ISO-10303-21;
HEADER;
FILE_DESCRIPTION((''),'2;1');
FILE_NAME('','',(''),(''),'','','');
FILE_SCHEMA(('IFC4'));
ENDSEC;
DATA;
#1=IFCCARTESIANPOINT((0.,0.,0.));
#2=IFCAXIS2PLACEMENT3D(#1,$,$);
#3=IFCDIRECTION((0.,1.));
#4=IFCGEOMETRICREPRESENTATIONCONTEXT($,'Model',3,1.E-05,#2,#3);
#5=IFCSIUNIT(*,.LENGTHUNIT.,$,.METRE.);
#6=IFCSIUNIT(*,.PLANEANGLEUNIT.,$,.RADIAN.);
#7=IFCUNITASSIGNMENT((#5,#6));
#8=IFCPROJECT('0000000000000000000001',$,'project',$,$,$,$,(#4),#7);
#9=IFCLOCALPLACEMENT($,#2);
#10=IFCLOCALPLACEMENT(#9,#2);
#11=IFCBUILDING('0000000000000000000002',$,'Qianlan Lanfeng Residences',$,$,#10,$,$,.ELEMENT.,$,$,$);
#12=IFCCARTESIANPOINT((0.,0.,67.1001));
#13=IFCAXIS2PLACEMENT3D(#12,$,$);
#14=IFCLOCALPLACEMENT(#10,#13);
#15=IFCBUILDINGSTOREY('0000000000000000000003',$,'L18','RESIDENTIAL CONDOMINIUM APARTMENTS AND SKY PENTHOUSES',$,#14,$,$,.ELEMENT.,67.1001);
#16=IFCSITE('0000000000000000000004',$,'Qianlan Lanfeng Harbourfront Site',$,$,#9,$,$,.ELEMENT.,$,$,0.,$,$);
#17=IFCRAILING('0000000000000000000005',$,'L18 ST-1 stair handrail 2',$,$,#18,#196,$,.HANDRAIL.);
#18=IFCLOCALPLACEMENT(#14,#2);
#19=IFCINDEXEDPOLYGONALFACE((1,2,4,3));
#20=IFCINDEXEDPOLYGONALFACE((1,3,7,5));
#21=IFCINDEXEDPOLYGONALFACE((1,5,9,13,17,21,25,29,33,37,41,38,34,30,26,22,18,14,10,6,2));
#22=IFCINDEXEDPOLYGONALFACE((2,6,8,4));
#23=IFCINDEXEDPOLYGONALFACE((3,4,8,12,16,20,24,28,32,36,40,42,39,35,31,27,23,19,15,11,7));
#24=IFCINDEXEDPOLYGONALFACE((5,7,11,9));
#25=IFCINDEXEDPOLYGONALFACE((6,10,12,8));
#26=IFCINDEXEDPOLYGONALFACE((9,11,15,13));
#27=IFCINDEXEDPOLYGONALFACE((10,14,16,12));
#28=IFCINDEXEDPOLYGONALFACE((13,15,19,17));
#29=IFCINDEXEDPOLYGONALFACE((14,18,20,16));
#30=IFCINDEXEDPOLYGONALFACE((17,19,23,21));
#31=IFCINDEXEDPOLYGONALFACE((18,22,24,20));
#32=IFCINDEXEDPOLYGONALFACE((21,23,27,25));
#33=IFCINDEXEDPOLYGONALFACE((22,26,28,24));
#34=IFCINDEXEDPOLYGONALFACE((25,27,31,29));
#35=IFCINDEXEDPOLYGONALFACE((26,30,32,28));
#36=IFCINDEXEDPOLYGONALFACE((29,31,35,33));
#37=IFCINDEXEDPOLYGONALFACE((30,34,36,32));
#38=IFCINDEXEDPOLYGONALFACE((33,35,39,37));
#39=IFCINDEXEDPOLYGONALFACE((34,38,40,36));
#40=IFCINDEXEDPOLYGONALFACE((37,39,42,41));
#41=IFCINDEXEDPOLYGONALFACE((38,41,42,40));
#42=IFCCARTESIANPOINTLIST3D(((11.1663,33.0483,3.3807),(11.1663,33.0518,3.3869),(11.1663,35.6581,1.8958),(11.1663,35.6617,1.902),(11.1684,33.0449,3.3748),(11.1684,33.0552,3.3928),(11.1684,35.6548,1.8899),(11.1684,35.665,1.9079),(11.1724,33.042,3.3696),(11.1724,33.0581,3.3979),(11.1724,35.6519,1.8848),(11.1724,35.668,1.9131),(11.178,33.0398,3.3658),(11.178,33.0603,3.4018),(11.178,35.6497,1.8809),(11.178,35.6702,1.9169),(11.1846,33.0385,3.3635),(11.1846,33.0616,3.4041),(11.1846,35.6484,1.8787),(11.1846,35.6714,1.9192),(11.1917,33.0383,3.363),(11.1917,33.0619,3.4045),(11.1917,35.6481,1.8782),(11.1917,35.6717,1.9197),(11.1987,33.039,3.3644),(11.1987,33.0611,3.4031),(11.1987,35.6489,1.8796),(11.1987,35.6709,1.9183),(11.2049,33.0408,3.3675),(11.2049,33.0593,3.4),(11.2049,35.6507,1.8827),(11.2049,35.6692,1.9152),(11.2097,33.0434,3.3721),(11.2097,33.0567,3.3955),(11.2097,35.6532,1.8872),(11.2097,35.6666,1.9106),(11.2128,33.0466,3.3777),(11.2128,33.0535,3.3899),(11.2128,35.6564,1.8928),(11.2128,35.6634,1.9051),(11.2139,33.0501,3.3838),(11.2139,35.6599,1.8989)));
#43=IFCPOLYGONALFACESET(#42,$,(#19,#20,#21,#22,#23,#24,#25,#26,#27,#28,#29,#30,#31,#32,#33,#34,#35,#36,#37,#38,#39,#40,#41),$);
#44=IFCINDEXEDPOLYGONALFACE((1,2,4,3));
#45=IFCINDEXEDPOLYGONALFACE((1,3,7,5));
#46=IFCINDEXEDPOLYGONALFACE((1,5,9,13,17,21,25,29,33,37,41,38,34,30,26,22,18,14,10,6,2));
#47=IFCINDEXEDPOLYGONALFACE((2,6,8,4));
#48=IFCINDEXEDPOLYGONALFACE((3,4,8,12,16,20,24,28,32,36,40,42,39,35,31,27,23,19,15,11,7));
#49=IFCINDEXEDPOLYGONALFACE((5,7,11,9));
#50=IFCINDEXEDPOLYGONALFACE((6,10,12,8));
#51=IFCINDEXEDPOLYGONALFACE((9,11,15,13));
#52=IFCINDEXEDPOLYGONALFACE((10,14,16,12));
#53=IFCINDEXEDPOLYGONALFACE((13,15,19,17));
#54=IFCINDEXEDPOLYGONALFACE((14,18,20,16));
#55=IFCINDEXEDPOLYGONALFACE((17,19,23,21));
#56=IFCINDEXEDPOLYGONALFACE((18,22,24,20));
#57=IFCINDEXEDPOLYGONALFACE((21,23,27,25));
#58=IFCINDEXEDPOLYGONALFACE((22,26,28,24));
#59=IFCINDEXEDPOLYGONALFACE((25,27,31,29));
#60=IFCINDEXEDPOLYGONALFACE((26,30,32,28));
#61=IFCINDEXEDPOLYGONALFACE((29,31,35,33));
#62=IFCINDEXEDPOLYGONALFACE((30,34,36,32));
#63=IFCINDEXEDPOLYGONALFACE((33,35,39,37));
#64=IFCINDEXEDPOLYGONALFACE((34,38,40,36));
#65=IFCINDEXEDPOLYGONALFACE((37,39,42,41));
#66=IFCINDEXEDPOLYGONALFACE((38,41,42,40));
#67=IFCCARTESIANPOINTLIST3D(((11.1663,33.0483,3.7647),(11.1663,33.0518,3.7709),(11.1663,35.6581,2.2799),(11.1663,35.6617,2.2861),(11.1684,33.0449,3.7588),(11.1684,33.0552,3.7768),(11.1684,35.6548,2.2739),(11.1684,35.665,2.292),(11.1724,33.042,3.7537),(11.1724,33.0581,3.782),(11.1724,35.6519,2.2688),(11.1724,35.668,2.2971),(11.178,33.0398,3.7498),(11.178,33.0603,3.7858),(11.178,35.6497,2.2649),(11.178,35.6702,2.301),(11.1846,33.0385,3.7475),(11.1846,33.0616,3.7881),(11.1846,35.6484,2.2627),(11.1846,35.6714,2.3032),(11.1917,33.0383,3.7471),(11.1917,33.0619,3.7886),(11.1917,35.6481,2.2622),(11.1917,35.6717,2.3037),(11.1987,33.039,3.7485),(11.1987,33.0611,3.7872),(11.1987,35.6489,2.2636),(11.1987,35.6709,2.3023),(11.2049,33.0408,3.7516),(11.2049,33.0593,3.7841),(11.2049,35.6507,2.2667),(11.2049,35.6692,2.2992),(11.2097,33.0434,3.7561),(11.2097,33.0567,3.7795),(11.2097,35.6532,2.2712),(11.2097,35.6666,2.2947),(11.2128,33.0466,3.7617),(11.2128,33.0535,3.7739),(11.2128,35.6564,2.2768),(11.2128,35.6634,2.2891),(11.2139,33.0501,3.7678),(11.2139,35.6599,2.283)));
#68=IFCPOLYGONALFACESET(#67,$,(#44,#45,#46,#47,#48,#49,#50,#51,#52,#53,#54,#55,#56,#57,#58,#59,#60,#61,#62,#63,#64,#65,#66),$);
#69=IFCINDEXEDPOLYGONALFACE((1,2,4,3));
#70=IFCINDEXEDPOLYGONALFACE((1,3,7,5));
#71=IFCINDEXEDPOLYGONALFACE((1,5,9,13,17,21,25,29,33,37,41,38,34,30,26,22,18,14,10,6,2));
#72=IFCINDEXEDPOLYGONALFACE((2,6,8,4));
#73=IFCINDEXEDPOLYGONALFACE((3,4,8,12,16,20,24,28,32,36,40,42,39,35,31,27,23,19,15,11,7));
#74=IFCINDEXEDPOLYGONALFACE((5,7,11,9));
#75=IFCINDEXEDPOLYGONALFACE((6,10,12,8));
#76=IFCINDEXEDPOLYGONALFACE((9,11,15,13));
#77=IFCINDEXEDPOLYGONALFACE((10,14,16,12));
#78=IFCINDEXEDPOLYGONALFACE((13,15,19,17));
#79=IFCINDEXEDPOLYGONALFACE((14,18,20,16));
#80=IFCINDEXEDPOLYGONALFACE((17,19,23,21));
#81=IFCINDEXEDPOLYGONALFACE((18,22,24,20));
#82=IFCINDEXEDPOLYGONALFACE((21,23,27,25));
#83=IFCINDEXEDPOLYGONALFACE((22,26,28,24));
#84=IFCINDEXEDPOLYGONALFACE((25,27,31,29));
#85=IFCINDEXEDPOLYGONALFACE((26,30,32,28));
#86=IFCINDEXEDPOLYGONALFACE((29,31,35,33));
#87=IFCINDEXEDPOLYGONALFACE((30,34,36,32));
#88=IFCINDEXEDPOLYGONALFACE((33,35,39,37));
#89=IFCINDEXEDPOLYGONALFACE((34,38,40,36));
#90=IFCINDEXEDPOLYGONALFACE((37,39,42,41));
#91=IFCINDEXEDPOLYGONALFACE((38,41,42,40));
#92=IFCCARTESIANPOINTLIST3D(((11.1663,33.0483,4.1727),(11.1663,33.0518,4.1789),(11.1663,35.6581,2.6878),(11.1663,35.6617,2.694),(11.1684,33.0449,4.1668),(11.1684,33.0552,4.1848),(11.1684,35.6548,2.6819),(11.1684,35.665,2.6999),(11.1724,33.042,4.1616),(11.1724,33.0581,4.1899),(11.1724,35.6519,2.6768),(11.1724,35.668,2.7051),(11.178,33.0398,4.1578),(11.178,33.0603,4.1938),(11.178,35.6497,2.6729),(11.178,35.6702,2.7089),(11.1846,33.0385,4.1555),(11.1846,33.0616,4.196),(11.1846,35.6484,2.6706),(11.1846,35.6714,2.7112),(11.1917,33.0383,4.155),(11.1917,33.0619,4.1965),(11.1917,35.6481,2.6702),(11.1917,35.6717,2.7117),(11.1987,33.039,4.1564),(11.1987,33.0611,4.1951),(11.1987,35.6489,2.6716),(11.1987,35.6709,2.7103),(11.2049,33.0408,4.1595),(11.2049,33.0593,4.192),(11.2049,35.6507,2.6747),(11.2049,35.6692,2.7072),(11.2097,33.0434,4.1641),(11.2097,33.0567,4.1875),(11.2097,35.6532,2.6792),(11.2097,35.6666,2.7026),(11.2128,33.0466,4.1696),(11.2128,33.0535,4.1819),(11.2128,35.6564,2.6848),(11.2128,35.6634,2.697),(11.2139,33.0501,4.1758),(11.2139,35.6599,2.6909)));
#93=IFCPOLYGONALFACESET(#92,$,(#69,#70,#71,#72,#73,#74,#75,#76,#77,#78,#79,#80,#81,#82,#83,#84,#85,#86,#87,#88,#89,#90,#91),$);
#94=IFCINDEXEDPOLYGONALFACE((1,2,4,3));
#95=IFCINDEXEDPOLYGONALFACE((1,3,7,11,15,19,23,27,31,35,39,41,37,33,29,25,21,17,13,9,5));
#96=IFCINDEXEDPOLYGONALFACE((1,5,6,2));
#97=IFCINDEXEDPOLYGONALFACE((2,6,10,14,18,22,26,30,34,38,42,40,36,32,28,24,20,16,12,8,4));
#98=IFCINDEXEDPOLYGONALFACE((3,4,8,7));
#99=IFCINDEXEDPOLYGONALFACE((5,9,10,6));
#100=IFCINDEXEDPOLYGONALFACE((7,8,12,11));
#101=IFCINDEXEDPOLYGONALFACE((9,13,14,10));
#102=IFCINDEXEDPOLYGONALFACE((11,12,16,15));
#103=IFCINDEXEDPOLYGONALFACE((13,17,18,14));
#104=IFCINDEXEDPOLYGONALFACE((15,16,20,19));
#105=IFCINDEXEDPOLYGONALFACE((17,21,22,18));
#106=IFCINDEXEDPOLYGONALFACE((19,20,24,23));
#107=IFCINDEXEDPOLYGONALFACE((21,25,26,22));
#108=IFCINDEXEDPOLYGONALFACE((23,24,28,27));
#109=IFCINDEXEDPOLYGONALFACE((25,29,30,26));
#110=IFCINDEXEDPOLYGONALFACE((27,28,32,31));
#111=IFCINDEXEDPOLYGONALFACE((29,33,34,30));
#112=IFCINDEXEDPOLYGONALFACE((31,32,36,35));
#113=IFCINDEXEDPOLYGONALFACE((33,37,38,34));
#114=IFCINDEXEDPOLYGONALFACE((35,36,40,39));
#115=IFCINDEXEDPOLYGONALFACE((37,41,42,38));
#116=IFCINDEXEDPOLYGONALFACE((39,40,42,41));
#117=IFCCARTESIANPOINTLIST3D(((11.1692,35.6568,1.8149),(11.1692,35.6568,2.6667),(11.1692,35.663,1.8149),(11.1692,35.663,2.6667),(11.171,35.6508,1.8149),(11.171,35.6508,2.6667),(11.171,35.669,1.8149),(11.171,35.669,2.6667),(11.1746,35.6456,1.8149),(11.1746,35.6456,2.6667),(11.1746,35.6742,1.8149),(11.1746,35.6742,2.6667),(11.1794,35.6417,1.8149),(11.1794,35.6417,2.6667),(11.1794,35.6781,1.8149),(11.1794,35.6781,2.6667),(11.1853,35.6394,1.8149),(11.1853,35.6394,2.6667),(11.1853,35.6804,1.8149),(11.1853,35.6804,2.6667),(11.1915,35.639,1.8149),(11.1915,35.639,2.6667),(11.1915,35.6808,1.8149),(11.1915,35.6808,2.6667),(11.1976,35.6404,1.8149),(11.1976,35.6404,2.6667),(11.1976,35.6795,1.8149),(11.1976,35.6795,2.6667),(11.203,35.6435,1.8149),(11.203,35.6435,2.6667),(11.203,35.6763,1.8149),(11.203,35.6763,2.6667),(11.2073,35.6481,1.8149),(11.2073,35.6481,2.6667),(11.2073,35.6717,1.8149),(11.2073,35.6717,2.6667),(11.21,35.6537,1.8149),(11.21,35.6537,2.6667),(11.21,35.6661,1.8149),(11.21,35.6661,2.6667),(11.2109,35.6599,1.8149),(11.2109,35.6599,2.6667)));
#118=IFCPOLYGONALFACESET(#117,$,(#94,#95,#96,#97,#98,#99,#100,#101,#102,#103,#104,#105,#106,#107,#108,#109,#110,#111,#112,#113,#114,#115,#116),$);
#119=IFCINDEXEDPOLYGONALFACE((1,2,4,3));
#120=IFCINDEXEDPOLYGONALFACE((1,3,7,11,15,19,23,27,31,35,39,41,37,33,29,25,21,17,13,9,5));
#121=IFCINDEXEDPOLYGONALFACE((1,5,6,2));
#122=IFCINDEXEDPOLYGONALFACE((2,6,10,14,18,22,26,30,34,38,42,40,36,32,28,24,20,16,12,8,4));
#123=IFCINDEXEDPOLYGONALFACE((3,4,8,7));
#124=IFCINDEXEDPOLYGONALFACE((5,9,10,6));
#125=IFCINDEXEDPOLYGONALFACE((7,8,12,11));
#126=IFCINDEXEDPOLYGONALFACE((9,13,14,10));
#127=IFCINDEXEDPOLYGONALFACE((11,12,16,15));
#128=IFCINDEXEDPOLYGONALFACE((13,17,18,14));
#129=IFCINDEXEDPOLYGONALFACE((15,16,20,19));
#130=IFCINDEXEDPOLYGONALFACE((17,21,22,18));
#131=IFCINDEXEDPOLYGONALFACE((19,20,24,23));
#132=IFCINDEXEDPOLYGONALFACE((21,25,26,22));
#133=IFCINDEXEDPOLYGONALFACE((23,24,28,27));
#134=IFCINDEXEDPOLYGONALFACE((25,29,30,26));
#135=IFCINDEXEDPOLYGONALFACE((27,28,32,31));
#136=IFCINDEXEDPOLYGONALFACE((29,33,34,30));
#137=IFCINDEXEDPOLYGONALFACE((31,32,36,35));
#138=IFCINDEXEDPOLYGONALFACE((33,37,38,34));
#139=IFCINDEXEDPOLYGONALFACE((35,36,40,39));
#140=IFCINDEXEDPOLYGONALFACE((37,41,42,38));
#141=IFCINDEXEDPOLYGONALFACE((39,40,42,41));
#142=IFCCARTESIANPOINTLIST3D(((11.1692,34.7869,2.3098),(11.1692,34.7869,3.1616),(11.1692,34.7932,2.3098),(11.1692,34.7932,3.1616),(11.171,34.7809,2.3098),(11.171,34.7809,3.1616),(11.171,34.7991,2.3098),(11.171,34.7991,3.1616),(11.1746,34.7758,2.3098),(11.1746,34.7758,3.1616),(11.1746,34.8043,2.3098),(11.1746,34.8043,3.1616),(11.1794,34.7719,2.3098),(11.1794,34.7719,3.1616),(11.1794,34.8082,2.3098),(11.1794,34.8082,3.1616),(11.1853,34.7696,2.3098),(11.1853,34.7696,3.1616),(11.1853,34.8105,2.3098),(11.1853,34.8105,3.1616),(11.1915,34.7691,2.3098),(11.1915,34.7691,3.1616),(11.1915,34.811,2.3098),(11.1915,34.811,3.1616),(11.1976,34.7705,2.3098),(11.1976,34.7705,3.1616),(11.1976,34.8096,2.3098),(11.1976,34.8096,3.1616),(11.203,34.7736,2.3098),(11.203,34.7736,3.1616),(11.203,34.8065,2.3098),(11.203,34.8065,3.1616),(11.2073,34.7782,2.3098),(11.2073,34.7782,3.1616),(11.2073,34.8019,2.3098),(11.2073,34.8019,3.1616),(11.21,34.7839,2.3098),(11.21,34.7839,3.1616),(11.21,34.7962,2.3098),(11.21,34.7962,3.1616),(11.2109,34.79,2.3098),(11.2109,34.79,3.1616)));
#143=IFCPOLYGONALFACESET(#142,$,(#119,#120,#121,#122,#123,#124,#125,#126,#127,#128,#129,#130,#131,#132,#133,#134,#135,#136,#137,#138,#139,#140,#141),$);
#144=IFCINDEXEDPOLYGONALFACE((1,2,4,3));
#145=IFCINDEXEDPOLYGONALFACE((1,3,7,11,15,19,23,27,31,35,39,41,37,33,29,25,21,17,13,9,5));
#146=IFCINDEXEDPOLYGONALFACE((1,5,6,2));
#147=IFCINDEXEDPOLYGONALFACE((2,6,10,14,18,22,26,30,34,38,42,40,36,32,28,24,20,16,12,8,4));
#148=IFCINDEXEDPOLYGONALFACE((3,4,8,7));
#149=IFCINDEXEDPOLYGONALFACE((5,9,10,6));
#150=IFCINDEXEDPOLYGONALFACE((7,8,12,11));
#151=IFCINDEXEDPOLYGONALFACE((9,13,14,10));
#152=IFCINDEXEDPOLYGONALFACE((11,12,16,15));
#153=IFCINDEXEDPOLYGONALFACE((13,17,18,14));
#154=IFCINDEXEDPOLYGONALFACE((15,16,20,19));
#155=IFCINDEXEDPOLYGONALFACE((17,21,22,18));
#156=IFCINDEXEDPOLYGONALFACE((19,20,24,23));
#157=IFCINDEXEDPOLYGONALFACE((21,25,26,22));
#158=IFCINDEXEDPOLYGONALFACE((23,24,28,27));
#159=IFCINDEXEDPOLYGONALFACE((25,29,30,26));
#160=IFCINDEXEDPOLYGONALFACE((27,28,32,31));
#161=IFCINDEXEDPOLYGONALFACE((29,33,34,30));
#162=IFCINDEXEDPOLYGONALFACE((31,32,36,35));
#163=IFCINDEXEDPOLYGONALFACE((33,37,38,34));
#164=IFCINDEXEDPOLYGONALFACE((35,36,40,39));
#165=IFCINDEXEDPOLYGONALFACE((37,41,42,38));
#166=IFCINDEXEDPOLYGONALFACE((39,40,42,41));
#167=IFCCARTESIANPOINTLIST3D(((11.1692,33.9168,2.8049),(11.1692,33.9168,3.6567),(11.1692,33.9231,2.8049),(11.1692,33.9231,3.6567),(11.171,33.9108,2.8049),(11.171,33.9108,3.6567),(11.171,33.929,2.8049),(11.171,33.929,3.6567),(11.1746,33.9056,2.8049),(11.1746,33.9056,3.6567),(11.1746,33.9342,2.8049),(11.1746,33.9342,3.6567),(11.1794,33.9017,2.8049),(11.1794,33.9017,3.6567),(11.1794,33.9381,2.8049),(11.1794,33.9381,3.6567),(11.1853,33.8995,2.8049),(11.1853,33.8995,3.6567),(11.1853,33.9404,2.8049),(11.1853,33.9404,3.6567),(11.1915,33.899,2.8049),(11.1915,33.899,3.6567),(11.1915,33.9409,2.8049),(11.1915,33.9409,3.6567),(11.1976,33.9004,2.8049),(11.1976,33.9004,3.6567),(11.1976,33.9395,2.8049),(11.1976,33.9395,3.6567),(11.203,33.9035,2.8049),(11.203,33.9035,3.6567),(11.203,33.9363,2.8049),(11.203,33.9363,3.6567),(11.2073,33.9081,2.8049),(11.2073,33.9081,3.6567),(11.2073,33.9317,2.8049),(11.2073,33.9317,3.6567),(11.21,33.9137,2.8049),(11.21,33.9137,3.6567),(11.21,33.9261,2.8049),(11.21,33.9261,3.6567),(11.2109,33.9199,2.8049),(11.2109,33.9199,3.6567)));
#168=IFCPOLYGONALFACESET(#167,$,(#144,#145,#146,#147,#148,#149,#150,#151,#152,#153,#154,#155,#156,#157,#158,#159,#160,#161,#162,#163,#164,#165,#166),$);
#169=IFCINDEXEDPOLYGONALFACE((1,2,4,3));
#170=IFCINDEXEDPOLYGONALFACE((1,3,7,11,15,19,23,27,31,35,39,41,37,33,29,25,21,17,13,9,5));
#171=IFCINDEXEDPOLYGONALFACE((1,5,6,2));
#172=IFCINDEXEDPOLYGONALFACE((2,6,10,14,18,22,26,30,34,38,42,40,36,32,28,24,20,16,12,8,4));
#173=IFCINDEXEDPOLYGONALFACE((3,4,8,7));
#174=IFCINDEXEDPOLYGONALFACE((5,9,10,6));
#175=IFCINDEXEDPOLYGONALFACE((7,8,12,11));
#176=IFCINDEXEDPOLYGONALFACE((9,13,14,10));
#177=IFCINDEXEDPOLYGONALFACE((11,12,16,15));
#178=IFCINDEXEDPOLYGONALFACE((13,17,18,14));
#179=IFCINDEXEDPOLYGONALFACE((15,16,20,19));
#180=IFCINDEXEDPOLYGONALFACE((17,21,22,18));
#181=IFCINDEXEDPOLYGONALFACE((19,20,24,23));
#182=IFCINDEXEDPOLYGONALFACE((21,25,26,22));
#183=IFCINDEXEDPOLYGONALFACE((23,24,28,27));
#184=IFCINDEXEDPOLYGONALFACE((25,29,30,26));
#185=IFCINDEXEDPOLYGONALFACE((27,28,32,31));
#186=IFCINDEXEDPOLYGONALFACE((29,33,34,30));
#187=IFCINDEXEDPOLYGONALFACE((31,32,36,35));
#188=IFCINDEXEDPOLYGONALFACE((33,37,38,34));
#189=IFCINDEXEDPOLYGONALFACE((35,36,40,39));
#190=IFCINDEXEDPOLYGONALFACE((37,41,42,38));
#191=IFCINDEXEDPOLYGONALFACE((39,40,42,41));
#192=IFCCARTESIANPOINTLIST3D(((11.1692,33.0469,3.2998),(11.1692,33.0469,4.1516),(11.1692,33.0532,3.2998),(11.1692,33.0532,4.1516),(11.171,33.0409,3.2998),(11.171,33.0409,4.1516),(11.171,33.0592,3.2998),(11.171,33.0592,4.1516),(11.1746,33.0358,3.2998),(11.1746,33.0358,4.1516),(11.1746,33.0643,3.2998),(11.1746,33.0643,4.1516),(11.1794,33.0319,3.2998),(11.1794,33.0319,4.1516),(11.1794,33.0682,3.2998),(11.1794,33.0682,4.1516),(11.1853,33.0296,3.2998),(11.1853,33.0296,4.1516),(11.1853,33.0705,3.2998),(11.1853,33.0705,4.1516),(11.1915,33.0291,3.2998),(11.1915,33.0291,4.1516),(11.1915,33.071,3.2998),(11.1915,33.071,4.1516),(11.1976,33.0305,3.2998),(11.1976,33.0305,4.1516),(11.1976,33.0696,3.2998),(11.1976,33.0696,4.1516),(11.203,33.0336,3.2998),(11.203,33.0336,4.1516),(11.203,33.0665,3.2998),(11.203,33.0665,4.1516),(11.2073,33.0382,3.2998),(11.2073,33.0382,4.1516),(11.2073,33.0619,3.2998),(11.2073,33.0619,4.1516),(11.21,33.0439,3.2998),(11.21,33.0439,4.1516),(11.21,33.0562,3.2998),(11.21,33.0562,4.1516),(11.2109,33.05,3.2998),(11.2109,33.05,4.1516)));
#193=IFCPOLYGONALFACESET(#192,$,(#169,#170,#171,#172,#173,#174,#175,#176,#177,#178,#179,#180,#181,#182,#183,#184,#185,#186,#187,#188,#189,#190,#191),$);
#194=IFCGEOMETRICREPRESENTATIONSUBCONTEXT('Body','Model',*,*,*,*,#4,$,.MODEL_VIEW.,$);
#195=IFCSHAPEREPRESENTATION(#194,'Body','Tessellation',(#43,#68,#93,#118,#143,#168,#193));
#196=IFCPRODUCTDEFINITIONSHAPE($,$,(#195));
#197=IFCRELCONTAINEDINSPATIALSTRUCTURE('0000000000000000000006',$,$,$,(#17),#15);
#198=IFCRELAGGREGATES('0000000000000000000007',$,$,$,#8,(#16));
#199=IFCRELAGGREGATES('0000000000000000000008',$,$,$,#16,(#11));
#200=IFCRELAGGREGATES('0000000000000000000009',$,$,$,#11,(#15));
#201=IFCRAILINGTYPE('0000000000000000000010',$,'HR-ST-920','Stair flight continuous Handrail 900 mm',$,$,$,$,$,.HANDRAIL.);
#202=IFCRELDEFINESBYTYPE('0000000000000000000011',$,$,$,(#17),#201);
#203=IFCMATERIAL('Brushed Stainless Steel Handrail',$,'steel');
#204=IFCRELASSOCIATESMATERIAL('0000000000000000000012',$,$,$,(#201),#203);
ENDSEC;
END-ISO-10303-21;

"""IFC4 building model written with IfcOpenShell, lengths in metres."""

from ifc_helpers import new_model, si_unit, direction, frame, origin, origin_2d, place, context, subcontext, project, spatial, circle, extrude, material, type_object, element, save


model = new_model("IFC4")

# Units and contexts
model_context = context("Model", 3, precision=1e-05, world=origin(), true_north=direction((0.0, 1.0)))
body_context = subcontext(model_context, "Body", "Model", "MODEL_VIEW")
ifc_project = project(units=[si_unit("LENGTHUNIT", "METRE"), si_unit("PLANEANGLEUNIT", "RADIAN")], contexts=[model_context])

# Site, building, storey
site_placement = place(None, origin())
site = spatial("IfcSite", under=ifc_project, at=site_placement, Name="Qianlan Lanfeng Harbourfront Site", CompositionType="ELEMENT", RefElevation=0.0)
building_placement = place(site_placement, origin())
building = spatial("IfcBuilding", under=site, at=building_placement, Name="Qianlan Lanfeng Residences", CompositionType="ELEMENT")
storey_placement = place(building_placement, frame((0.0, 0.0, 67.1001)))
storey = spatial("IfcBuildingStorey", under=building, at=storey_placement, Name="L18", Description="RESIDENTIAL CONDOMINIUM APARTMENTS AND SKY PENTHOUSES", CompositionType="ELEMENT", Elevation=67.1001)

# Railing
ifc_material_1 = material(Name="Brushed Stainless Steel Handrail", Category="steel")
railing_type_1 = type_object("IfcRailingType", Name="HR-ST-920", Description="Stair flight continuous Handrail 900 mm", PredefinedType="HANDRAIL", material=ifc_material_1)
railing_1_placement = place(storey_placement, frame((11.1899, 35.6599, 1.8149)))
element("IfcRailing", 1, at=railing_1_placement, inside=storey, type_object=railing_type_1, Name="L18 ST-1 stair handrail 2", PredefinedType="HANDRAIL", context=body_context, shape_type="SweptSolid", body=[
    extrude(circle(Radius=0.0239, at=origin_2d()), frame((0.0, 0.0, 0.084), z_axis=(0.0, -0.869172, 0.494509), x_axis=(1.0, 0.0, 0.0)), (0.0, 0.0, 1.0), 3.0027),
    extrude(circle(Radius=0.0239, at=origin_2d()), frame((0.0, 0.0, 0.468), z_axis=(0.0, -0.869172, 0.494509), x_axis=(1.0, 0.0, 0.0)), (0.0, 0.0, 1.0), 3.0027),
    extrude(circle(Radius=0.0239, at=origin_2d()), frame((0.0, 0.0, 0.876), z_axis=(0.0, -0.869172, 0.494509), x_axis=(1.0, 0.0, 0.0)), (0.0, 0.0, 1.0), 3.0027),
    extrude(circle(Radius=0.021, at=origin_2d()), origin(), (0.0, 0.0, 1.0), 0.8518),
    extrude(circle(Radius=0.021, at=origin_2d()), frame((0.0, -0.8699, 0.4949)), (0.0, 0.0, 1.0), 0.8518),
    extrude(circle(Radius=0.021, at=origin_2d()), frame((0.0, -1.74, 0.99)), (0.0, 0.0, 1.0), 0.8518),
    extrude(circle(Radius=0.021, at=origin_2d()), frame((0.0, -2.6099, 1.4849)), (0.0, 0.0, 1.0), 0.8518),
])

save(model, "model.ifc")
